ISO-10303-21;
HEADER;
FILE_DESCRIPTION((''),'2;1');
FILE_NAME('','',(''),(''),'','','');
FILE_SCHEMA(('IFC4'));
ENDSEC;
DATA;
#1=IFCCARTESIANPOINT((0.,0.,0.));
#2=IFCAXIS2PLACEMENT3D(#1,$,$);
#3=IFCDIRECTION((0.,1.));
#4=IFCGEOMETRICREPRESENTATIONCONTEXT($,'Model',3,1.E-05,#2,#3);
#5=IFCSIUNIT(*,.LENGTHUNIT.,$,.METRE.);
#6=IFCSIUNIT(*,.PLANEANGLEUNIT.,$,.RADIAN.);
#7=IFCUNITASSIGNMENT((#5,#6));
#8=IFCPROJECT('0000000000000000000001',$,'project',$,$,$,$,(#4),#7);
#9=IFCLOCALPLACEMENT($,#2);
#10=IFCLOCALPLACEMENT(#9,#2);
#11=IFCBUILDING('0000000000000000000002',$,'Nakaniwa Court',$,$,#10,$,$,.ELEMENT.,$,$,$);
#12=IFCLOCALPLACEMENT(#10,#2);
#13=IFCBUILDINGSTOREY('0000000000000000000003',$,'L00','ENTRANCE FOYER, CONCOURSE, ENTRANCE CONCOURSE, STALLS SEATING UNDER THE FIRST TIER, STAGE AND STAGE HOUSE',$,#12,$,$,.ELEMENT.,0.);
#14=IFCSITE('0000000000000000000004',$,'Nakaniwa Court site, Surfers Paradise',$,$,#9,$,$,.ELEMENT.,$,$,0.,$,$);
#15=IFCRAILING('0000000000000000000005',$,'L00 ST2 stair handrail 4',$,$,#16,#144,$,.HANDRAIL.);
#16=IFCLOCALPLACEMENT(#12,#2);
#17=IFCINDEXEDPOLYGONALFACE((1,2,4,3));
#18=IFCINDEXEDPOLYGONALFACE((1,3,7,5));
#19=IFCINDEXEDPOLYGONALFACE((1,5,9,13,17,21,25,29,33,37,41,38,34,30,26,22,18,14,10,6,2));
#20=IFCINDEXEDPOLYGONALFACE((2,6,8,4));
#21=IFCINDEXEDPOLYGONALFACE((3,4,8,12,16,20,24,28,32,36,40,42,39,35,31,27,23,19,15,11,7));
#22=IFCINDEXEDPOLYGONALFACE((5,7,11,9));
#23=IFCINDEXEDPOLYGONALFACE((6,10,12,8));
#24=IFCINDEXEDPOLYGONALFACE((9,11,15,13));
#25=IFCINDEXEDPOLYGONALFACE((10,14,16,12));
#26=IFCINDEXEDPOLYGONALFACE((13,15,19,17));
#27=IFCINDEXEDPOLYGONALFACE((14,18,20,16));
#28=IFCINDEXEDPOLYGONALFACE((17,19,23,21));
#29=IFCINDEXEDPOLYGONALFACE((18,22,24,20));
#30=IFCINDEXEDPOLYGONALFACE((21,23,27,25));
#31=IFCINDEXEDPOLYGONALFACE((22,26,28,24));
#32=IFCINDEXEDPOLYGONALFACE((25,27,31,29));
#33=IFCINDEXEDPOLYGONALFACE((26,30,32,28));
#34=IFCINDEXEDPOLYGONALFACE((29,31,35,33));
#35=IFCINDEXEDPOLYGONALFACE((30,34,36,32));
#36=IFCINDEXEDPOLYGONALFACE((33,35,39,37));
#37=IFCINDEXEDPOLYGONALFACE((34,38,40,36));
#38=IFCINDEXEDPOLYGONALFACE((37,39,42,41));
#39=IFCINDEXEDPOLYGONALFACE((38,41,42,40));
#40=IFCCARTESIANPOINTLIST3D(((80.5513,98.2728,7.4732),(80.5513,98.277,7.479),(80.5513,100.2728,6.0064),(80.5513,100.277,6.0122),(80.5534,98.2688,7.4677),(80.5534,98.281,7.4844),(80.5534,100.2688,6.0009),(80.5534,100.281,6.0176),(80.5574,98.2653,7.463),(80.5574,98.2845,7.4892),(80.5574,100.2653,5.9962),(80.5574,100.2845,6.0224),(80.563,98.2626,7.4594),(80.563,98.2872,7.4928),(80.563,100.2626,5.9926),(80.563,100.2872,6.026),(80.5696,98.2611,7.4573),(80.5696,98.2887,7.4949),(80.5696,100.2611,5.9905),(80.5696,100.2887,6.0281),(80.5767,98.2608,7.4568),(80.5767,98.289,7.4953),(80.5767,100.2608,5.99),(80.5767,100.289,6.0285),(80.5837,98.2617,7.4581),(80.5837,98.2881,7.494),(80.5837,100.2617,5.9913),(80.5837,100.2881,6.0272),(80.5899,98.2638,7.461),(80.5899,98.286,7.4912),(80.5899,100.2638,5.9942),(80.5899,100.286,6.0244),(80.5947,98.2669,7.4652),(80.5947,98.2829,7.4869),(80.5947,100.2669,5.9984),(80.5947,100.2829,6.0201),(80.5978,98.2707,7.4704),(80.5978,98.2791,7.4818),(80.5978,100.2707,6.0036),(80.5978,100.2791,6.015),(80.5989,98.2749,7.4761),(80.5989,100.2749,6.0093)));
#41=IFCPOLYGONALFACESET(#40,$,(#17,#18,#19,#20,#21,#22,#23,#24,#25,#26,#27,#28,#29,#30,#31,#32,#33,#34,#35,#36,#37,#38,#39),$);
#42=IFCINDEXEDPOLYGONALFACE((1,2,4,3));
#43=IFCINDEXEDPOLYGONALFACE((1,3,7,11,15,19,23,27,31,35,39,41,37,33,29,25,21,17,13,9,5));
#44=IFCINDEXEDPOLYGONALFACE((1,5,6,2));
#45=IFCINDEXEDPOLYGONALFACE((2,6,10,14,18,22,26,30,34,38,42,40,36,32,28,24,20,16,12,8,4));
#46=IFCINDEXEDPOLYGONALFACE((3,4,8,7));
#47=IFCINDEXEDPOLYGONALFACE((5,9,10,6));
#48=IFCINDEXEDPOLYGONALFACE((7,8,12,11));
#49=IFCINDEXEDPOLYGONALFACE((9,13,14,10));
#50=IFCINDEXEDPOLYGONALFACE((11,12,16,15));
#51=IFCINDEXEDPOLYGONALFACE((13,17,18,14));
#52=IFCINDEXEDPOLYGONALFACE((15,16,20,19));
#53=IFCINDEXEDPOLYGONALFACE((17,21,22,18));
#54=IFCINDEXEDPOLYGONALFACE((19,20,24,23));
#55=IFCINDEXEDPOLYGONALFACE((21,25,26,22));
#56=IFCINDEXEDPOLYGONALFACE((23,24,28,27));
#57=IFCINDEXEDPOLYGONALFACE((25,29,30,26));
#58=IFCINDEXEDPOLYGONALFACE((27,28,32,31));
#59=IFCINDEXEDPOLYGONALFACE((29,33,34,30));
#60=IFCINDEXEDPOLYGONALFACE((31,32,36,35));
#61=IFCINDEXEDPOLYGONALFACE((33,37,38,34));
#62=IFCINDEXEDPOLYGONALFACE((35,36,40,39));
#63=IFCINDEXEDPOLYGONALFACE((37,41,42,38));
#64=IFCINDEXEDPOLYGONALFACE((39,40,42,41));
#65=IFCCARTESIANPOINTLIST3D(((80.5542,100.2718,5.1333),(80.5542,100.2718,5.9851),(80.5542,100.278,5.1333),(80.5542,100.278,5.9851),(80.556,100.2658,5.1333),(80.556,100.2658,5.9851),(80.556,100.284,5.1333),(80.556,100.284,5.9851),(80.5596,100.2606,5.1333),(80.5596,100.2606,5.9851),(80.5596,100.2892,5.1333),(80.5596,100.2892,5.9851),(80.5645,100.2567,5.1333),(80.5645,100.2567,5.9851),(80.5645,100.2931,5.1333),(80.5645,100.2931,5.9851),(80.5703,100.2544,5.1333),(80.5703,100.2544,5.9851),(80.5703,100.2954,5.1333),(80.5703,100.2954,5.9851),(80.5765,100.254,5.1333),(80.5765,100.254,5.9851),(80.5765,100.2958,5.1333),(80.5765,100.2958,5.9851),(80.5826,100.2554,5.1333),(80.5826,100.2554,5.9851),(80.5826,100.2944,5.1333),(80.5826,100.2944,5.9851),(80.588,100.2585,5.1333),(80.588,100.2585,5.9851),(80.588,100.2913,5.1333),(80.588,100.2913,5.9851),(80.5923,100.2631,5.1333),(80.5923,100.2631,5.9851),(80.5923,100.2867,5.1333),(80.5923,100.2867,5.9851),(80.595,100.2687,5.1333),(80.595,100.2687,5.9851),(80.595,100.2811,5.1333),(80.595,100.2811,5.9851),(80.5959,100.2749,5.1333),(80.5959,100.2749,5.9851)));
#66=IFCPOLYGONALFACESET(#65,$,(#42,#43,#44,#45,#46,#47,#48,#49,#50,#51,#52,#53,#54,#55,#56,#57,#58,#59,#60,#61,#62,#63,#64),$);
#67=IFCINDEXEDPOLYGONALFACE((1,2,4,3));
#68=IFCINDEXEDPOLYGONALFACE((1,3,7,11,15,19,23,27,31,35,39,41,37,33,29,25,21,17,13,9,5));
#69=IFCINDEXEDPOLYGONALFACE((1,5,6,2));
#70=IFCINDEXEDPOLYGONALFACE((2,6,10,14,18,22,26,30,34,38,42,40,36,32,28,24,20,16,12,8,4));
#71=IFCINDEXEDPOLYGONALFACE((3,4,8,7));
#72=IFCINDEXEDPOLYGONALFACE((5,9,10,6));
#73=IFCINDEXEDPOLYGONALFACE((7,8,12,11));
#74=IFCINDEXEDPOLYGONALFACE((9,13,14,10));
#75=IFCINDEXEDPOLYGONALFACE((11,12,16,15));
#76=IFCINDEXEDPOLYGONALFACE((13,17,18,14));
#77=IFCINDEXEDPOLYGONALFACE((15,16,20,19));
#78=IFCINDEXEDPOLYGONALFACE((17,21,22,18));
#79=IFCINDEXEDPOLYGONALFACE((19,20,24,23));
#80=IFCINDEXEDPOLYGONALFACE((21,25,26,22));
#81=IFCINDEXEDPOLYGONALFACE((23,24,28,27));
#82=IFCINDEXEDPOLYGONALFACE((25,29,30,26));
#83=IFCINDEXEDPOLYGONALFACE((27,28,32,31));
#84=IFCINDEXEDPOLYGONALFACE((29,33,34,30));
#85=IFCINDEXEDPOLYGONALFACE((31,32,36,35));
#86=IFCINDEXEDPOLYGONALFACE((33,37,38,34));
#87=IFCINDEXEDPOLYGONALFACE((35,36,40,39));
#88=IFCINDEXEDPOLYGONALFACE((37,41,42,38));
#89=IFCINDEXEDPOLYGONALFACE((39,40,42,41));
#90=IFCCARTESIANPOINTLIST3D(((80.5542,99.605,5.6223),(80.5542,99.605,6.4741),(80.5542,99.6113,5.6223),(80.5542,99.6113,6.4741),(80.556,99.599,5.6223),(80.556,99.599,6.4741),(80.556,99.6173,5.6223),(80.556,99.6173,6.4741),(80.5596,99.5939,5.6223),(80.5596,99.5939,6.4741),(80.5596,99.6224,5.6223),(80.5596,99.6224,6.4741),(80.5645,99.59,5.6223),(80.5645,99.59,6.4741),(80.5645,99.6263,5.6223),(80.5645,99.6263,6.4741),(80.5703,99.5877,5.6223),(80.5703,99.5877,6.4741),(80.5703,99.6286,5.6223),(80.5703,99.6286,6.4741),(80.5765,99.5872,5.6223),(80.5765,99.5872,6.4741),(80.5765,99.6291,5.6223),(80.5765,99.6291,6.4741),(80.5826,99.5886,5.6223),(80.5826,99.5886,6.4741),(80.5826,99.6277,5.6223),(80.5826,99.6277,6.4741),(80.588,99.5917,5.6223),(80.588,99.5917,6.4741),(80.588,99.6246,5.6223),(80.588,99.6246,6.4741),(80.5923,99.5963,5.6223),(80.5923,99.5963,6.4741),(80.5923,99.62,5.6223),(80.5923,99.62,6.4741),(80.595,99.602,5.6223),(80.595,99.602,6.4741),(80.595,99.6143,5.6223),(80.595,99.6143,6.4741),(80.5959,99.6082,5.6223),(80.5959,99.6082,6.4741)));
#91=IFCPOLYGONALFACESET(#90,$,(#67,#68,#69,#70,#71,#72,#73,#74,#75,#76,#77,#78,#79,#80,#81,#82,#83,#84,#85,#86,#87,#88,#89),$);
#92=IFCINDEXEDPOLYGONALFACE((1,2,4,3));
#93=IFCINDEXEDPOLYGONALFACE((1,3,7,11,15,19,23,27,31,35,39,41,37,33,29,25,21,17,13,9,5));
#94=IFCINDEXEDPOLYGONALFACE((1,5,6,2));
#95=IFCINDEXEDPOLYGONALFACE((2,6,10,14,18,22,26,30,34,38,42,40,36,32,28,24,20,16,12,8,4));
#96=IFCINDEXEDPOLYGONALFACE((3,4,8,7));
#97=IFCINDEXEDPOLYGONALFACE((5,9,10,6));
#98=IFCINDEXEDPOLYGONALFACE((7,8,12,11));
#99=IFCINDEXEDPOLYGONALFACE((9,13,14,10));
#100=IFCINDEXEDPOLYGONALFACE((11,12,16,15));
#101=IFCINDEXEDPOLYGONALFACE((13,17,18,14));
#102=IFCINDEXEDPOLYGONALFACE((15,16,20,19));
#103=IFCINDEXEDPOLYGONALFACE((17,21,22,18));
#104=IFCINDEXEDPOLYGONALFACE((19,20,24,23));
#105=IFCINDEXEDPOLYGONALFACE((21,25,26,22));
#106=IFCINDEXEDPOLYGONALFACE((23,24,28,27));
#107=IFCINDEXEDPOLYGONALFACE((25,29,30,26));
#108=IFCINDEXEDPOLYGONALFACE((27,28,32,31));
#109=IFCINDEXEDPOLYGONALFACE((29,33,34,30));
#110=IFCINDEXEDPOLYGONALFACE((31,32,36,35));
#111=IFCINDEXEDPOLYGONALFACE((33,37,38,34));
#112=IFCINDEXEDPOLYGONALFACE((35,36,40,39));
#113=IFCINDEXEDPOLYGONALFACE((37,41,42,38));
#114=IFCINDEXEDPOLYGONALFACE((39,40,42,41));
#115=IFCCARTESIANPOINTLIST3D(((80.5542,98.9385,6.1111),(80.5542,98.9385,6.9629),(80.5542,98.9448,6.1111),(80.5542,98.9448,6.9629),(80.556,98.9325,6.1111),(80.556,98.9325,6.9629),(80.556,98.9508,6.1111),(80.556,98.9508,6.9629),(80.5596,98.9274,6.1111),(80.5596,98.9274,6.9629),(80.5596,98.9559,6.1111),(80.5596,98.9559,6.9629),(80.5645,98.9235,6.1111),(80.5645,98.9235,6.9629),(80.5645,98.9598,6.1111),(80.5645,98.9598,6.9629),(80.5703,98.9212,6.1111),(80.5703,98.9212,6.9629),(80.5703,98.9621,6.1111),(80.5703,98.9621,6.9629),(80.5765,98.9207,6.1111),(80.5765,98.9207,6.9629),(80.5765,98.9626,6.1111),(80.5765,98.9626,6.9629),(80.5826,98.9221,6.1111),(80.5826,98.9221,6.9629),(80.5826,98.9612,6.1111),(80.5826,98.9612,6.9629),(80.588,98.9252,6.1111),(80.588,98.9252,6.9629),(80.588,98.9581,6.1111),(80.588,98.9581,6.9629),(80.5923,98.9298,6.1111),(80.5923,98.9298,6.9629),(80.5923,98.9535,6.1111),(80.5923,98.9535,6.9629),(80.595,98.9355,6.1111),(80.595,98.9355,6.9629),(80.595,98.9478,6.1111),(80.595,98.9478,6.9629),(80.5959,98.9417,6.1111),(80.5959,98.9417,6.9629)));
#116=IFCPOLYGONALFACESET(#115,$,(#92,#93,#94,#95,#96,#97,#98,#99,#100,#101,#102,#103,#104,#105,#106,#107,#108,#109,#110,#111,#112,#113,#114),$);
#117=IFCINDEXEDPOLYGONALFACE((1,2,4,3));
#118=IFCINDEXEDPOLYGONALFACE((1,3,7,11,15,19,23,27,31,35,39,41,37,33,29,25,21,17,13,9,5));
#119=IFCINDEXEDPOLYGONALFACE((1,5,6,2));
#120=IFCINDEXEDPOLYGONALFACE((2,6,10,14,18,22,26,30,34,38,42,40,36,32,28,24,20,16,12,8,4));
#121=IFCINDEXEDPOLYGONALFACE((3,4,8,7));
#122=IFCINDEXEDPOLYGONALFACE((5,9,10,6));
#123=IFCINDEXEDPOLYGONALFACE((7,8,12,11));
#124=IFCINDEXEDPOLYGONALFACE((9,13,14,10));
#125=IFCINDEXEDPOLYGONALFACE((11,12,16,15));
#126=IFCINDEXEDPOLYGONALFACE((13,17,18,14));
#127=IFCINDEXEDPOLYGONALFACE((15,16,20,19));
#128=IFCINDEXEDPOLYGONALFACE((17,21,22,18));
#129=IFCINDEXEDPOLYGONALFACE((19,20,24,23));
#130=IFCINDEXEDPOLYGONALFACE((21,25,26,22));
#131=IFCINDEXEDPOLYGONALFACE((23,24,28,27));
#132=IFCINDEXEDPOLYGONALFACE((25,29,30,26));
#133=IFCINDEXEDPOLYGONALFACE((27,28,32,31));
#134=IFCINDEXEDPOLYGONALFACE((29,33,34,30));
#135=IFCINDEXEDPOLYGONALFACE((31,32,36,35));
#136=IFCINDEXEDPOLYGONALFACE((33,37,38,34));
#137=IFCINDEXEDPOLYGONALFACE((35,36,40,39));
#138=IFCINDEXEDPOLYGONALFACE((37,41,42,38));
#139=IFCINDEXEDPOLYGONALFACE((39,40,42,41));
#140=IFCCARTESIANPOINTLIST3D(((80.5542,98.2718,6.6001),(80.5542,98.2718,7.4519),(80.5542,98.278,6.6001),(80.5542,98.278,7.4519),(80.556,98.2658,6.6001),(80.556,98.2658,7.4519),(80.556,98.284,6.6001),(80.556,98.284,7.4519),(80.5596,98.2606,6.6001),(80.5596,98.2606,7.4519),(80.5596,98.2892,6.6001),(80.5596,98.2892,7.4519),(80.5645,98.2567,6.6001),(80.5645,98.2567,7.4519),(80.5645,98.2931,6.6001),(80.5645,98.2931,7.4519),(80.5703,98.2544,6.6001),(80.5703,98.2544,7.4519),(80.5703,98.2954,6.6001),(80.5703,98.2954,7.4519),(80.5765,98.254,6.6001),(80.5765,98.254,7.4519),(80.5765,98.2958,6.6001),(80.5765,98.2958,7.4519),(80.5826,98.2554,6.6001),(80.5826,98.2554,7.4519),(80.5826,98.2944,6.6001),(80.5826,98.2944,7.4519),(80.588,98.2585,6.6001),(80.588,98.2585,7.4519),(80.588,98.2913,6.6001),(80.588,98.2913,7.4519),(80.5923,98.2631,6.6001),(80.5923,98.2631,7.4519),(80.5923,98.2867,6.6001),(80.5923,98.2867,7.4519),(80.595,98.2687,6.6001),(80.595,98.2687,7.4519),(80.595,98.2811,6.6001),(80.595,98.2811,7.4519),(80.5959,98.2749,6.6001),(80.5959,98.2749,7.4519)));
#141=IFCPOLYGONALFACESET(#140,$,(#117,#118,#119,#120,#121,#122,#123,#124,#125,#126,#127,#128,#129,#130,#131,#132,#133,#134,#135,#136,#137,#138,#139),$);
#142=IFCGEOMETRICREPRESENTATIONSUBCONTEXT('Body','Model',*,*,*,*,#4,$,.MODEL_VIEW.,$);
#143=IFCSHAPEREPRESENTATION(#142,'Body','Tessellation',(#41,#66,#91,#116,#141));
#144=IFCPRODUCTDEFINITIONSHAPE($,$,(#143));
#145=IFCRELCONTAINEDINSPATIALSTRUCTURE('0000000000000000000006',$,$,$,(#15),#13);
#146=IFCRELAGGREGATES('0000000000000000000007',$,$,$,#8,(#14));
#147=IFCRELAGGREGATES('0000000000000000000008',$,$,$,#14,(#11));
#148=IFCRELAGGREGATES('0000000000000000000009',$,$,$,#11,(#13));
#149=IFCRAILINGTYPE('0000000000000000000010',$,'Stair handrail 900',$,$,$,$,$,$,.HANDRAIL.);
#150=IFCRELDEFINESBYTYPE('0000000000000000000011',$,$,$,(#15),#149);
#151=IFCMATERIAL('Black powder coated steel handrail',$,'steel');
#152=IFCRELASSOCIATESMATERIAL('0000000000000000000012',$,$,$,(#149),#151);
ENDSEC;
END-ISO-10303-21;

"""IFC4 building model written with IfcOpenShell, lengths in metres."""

from ifc_helpers import new_model, si_unit, direction, frame, origin, origin_2d, place, context, subcontext, project, spatial, circle, extrude, material, type_object, element, save


model = new_model("IFC4")

# Units and contexts
model_context = context("Model", 3, precision=1e-05, world=origin(), true_north=direction((0.0, 1.0)))
body_context = subcontext(model_context, "Body", "Model", "MODEL_VIEW")
ifc_project = project(units=[si_unit("LENGTHUNIT", "METRE"), si_unit("PLANEANGLEUNIT", "RADIAN")], contexts=[model_context])

# Site, building, storey
site_placement = place(None, origin())
site = spatial("IfcSite", under=ifc_project, at=site_placement, Name="Nakaniwa Court site, Surfers Paradise", CompositionType="ELEMENT", RefElevation=0.0)
building_placement = place(site_placement, origin())
building = spatial("IfcBuilding", under=site, at=building_placement, Name="Nakaniwa Court", CompositionType="ELEMENT")
storey_placement = place(building_placement, origin())
storey = spatial("IfcBuildingStorey", under=building, at=storey_placement, Name="L00", Description="ENTRANCE FOYER, CONCOURSE, ENTRANCE CONCOURSE, STALLS SEATING UNDER THE FIRST TIER, STAGE AND STAGE HOUSE", CompositionType="ELEMENT", Elevation=0.0)

# Railing
ifc_material_1 = material(Name="Black powder coated steel handrail", Category="steel")
railing_type_1 = type_object("IfcRailingType", Name="Stair handrail 900", PredefinedType="HANDRAIL", material=ifc_material_1)
for number, where, name in (
    (1, (80.575, 100.2749, 5.1333), "L00 ST2 stair handrail 4"),
):
    element("IfcRailing", number, at=place(storey_placement, frame(where)), inside=storey, type_object=railing_type_1, Name=name, PredefinedType="HANDRAIL", context=body_context, shape_type="SweptSolid", body=[
        extrude(circle(Radius=0.0239, at=origin_2d()), frame((0.0, 0.0, 0.876), z_axis=(0.0, -0.80638, 0.591398), x_axis=(1.0, 0.0, 0.0)), (0.0, 0.0, 1.0), 2.4802),
        extrude(circle(Radius=0.021, at=origin_2d()), origin(), (0.0, 0.0, 1.0), 0.8518),
        extrude(circle(Radius=0.021, at=origin_2d()), frame((0.0, -0.6667, 0.489)), (0.0, 0.0, 1.0), 0.8518),
        extrude(circle(Radius=0.021, at=origin_2d()), frame((0.0, -1.3333, 0.9778)), (0.0, 0.0, 1.0), 0.8518),
        extrude(circle(Radius=0.021, at=origin_2d()), frame((0.0, -2.0, 1.4668)), (0.0, 0.0, 1.0), 0.8518),
    ])

save(model, "model.ifc")
